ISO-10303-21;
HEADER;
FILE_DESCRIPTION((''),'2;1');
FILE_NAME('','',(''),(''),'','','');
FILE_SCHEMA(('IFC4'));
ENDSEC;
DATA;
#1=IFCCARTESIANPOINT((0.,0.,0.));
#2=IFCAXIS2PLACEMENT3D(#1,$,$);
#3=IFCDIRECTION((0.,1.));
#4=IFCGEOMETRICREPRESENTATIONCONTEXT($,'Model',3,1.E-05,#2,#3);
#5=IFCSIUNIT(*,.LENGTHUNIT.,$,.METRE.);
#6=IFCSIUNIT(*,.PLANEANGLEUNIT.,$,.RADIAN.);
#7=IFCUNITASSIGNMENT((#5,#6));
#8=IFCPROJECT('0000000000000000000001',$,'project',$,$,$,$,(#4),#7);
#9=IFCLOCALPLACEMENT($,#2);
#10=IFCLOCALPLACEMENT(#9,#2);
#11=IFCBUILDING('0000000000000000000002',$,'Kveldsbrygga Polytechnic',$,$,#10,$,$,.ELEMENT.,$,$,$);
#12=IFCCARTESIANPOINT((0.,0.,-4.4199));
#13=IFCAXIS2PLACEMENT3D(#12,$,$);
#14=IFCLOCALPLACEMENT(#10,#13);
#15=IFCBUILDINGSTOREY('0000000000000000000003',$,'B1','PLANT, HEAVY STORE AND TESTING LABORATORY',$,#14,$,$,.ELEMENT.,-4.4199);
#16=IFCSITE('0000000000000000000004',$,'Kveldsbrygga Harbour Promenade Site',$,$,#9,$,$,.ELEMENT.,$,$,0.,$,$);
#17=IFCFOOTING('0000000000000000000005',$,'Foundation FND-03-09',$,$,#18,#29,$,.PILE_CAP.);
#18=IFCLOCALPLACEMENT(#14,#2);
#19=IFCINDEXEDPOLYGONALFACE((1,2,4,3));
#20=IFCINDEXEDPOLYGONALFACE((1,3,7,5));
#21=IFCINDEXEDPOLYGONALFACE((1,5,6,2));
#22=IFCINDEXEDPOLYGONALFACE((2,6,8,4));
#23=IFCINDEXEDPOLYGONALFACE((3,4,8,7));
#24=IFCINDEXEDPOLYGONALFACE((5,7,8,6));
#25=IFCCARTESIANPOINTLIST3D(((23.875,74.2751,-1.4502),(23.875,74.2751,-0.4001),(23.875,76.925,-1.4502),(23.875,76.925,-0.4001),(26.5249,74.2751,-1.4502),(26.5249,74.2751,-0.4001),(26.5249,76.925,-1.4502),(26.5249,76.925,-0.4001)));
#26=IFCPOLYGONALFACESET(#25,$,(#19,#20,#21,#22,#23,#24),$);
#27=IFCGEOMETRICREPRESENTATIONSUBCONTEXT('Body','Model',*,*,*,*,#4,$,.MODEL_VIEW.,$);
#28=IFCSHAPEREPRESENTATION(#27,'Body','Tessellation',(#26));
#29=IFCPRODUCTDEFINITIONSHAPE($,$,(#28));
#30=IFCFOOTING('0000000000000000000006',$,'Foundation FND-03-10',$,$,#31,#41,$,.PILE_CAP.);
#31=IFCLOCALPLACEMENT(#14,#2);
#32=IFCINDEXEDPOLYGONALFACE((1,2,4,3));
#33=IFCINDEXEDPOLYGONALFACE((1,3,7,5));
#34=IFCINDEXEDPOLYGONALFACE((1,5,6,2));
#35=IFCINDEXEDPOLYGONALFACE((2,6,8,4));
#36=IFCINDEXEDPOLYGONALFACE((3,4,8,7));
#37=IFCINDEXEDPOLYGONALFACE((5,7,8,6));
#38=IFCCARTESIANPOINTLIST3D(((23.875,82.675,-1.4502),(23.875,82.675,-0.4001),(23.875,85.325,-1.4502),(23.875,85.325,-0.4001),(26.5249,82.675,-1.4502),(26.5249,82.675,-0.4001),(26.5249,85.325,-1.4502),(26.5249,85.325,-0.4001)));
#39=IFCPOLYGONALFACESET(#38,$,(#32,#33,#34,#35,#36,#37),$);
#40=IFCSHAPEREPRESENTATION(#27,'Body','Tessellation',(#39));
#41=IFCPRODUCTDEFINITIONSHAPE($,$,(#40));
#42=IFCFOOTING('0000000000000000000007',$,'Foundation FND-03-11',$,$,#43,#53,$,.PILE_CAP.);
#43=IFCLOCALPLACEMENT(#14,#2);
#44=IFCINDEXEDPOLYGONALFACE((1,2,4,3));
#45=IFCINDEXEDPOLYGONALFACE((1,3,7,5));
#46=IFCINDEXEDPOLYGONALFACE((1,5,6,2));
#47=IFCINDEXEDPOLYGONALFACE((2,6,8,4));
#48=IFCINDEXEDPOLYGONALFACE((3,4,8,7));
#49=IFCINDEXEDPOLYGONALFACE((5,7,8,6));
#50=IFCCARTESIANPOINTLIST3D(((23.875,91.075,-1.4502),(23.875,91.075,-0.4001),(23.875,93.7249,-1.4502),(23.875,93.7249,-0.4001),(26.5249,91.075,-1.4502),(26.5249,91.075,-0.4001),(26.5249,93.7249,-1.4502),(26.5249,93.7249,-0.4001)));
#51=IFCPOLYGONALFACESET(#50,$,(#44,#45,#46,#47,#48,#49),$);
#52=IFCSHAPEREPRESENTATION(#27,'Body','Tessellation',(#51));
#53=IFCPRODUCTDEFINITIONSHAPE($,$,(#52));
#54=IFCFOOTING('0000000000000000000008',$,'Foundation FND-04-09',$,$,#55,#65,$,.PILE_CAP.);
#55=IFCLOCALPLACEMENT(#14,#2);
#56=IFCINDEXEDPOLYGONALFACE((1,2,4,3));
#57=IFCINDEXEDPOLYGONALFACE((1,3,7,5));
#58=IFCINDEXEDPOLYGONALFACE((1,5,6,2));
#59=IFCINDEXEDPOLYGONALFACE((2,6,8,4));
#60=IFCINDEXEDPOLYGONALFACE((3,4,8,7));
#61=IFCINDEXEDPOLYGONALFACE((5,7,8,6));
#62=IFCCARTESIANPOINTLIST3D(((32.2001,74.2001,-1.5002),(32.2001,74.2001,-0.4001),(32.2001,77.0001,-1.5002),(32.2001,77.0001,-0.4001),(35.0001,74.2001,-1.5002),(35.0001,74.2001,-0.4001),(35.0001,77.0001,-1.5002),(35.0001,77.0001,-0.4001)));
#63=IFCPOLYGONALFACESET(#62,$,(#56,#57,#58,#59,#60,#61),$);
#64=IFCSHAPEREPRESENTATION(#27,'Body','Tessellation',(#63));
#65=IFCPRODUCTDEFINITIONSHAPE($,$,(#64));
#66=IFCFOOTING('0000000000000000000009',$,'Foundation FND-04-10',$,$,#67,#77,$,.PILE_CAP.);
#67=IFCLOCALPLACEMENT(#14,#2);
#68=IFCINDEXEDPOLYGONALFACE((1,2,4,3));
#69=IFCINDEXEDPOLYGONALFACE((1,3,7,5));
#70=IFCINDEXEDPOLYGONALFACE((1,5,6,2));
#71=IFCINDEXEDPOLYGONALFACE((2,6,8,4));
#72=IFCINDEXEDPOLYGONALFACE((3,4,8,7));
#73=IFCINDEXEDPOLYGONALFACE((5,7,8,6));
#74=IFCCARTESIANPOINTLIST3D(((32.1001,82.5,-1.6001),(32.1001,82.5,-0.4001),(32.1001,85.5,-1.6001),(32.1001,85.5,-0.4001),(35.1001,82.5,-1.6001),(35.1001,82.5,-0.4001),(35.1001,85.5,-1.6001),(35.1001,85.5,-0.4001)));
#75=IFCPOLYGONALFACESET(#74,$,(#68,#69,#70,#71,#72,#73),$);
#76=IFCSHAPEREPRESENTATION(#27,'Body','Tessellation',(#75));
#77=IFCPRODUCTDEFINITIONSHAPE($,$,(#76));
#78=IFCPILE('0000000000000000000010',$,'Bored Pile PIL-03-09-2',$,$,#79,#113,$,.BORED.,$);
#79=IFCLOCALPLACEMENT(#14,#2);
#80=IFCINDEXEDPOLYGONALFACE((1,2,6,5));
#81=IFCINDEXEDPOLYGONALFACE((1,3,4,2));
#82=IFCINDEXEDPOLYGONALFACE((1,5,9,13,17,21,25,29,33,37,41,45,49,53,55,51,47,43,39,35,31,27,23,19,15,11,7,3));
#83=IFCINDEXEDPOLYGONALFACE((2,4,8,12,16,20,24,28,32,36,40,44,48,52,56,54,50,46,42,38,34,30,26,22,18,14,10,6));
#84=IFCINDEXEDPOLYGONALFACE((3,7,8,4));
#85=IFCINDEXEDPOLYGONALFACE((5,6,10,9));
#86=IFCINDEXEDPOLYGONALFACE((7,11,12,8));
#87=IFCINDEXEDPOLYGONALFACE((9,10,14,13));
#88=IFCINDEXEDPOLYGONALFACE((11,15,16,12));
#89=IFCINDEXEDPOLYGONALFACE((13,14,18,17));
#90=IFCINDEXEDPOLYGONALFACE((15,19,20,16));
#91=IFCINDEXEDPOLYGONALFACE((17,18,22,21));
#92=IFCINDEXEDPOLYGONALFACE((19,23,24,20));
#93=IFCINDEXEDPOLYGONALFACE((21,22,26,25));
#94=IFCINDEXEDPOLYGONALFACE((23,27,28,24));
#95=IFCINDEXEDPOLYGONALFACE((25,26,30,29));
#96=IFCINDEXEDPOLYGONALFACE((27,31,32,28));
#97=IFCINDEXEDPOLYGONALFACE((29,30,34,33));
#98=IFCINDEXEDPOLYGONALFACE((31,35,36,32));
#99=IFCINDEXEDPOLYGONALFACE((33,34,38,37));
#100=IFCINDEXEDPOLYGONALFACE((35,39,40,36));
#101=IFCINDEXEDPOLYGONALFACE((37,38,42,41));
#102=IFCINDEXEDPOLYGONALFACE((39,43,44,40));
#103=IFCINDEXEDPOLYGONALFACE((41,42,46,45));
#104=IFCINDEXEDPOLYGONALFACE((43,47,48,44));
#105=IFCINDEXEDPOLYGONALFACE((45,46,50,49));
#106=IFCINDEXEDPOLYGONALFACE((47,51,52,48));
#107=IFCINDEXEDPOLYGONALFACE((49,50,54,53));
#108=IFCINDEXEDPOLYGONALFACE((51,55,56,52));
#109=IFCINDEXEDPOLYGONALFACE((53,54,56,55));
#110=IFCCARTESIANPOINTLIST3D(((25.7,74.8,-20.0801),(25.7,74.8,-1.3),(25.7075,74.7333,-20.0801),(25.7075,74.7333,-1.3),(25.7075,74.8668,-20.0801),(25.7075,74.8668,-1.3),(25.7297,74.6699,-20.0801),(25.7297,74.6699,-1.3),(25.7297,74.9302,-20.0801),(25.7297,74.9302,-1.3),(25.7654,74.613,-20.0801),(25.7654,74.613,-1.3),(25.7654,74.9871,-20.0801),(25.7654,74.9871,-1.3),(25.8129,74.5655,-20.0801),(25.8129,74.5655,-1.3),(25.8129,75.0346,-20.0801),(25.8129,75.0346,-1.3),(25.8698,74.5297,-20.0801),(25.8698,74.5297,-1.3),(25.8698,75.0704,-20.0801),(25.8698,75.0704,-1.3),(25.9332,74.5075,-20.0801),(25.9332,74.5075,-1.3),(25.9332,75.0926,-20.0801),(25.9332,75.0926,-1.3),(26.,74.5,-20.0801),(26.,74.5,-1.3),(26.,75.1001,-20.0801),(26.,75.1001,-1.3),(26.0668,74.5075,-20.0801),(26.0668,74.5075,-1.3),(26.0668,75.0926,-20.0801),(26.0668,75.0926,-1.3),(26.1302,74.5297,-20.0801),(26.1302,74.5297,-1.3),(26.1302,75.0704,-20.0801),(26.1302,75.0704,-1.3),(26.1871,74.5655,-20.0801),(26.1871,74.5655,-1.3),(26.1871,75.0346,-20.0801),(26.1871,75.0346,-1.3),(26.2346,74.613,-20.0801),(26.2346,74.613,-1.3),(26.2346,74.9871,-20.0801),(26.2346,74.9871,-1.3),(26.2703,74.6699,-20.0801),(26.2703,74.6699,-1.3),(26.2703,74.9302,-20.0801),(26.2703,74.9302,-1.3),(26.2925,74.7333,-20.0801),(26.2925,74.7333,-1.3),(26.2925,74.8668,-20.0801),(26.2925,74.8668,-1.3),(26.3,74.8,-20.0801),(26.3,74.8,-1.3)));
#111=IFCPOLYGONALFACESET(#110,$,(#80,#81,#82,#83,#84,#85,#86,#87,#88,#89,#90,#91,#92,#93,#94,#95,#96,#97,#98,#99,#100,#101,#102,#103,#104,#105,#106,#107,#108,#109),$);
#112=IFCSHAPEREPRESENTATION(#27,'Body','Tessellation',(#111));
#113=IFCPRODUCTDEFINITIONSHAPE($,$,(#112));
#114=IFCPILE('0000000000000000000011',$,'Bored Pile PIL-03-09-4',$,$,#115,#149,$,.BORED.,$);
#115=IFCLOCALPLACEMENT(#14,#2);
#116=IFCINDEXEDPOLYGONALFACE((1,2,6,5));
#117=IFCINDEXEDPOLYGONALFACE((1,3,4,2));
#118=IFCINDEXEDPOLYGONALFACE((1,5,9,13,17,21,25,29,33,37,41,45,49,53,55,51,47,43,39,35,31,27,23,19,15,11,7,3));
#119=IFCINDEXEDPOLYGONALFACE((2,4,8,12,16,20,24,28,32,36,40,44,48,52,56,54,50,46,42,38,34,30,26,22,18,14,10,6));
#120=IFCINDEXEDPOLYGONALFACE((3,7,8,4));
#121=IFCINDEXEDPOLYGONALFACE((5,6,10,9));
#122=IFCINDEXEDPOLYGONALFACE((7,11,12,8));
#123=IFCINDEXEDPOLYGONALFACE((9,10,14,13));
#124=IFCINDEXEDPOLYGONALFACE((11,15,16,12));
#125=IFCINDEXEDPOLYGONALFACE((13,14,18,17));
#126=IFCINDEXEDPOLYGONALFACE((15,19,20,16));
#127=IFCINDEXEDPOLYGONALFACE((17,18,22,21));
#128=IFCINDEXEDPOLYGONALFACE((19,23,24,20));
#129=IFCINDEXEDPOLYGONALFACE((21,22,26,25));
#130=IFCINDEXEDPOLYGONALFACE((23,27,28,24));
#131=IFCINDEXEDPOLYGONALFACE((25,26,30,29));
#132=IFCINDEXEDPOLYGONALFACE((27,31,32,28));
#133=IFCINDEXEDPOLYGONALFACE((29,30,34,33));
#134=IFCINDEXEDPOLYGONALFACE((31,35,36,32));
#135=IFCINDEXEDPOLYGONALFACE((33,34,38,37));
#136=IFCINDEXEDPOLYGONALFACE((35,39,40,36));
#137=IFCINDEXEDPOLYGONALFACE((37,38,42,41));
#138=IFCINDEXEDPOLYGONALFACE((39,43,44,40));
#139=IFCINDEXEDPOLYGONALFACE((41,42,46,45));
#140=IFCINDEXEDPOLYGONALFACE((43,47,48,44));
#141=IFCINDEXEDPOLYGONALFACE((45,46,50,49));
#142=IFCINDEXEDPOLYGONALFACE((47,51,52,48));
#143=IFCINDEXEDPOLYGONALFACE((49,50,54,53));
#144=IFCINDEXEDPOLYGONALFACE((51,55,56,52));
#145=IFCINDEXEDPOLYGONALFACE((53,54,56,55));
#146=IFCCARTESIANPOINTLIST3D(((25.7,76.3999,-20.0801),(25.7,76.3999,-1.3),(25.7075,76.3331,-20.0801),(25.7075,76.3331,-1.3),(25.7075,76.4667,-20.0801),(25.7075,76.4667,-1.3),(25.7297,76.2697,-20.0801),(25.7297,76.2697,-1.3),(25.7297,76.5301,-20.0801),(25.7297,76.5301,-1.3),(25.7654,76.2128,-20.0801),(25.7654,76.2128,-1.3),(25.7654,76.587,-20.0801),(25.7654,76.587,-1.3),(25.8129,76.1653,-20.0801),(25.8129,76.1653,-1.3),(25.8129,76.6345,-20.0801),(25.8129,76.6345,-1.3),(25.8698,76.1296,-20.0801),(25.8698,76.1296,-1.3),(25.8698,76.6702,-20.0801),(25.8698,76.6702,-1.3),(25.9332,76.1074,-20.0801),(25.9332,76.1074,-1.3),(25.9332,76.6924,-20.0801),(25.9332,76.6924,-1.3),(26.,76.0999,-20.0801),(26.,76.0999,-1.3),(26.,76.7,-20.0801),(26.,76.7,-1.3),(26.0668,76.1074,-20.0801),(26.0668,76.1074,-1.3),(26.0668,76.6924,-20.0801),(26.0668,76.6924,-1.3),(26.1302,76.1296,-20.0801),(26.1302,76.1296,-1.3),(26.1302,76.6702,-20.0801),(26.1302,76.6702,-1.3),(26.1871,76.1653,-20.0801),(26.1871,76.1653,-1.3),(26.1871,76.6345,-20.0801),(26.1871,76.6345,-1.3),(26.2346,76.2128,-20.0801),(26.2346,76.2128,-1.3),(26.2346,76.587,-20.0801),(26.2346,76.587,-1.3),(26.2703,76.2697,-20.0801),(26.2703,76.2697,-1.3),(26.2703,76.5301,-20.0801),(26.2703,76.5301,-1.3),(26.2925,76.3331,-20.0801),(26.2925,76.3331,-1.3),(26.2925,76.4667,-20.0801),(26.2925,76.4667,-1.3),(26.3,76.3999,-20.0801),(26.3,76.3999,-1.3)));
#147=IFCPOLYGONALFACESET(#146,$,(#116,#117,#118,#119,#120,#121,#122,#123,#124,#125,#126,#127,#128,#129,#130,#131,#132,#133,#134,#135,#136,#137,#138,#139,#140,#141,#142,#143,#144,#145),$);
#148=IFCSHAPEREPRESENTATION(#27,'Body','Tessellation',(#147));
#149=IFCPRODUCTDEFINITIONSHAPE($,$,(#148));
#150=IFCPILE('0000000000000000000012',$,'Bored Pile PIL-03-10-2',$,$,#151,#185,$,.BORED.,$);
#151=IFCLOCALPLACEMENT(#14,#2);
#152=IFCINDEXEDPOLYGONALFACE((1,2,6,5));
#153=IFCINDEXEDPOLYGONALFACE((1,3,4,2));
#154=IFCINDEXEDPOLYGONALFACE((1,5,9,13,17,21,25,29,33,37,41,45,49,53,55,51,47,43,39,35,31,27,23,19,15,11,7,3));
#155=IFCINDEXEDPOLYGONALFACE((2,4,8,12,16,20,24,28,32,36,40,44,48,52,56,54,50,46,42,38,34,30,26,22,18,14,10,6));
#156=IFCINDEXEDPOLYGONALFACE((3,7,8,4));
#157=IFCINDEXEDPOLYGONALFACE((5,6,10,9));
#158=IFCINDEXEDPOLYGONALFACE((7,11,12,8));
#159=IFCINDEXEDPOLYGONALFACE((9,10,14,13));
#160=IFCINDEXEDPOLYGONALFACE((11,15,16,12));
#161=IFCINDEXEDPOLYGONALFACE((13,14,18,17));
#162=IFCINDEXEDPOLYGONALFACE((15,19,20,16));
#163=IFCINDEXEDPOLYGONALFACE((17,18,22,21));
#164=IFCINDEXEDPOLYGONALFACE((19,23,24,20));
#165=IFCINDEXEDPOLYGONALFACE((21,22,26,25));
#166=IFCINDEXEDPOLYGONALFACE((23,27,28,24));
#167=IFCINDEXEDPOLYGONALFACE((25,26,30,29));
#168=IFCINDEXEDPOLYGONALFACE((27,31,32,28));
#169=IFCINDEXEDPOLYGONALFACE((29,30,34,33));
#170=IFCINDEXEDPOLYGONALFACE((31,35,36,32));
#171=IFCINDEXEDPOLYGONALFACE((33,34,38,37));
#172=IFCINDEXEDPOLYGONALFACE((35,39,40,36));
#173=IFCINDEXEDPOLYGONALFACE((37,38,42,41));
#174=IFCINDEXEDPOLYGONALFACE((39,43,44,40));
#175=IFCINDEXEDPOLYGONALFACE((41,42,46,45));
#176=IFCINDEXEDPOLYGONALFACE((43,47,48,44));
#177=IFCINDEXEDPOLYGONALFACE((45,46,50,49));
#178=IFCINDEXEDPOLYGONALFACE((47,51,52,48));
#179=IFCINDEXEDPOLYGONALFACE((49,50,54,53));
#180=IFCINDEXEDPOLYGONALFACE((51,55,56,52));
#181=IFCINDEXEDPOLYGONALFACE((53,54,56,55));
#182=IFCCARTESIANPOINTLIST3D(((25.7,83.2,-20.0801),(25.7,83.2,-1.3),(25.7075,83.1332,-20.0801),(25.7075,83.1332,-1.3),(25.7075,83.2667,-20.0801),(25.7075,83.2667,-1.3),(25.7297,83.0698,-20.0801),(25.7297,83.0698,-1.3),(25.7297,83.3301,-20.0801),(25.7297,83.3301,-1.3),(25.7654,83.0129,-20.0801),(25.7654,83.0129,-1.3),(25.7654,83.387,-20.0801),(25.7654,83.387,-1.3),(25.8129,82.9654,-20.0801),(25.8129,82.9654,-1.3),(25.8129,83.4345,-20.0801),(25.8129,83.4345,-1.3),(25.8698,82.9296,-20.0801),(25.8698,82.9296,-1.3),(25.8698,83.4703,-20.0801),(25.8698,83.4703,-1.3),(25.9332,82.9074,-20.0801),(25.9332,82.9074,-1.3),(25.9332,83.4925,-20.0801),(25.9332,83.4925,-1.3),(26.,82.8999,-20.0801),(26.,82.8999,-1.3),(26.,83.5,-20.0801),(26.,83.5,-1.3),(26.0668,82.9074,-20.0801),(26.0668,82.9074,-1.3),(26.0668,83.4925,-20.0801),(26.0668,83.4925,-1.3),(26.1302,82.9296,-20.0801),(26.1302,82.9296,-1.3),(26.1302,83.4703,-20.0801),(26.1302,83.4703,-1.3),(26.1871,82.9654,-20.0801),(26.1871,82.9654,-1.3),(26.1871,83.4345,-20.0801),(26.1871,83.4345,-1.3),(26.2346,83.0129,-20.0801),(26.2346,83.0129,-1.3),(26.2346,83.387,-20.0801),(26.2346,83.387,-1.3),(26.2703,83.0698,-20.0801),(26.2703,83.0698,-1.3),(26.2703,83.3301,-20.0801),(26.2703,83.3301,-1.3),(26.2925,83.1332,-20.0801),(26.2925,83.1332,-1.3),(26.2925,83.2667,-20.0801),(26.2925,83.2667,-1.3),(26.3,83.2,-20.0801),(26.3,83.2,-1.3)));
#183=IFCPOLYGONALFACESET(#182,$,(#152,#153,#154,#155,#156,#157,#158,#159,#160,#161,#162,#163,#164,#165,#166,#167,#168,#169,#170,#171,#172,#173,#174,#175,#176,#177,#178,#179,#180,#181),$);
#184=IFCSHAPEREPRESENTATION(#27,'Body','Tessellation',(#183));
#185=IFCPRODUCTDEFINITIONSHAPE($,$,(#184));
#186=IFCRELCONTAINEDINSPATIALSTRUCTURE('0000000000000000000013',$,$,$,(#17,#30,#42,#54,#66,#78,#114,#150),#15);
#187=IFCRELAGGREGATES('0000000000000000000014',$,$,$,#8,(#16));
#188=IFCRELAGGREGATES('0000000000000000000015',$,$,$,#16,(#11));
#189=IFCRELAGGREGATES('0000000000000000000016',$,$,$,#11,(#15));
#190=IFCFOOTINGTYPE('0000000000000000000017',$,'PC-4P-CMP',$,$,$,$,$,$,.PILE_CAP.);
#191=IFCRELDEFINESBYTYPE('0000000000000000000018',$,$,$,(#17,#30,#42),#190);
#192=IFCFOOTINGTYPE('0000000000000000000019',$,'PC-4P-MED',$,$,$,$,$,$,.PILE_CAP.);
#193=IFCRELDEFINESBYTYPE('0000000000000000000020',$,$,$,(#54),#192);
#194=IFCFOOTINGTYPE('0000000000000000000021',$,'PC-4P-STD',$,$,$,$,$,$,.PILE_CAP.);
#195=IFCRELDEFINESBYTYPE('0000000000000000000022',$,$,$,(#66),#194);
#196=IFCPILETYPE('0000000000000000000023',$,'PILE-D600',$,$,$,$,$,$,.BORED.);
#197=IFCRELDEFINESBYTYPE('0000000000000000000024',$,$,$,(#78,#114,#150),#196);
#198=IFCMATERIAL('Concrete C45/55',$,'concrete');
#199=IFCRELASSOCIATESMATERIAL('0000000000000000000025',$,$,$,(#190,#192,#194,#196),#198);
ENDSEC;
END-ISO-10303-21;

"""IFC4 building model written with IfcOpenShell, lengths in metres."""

from ifc_helpers import new_model, si_unit, direction, frame, origin, origin_2d, place, context, subcontext, project, spatial, rectangle, circle, extrude, material, material_profile, profile_set, type_object, element, save


model = new_model("IFC4")

# Units and contexts
model_context = context("Model", 3, precision=1e-05, world=origin(), true_north=direction((0.0, 1.0)))
body_context = subcontext(model_context, "Body", "Model", "MODEL_VIEW")
ifc_project = project(units=[si_unit("LENGTHUNIT", "METRE"), si_unit("PLANEANGLEUNIT", "RADIAN")], contexts=[model_context])

# Site, building, storey
site_placement = place(None, origin())
site = spatial("IfcSite", under=ifc_project, at=site_placement, Name="Kveldsbrygga Harbour Promenade Site", CompositionType="ELEMENT", RefElevation=0.0)
building_placement = place(site_placement, origin())
building = spatial("IfcBuilding", under=site, at=building_placement, Name="Kveldsbrygga Polytechnic", CompositionType="ELEMENT")
storey_placement = place(building_placement, frame((0.0, 0.0, -4.4199)))
storey = spatial("IfcBuildingStorey", under=building, at=storey_placement, Name="B1", Description="PLANT, HEAVY STORE AND TESTING LABORATORY", CompositionType="ELEMENT", Elevation=-4.4199)

# Footings
ifc_material_1 = material(Name="Concrete C45/55", Category="concrete")
footing_type_1 = type_object("IfcFootingType", Name="PC-4P-CMP", PredefinedType="PILE_CAP", material=ifc_material_1)
for number, where, z_axis, x_axis, name in (
    (1, (25.2, 75.6001, -1.4502), (0.0, 0.0, 1.0), (1.0, 0.0, 0.0), "Foundation FND-03-09"),
    (2, (25.2, 84.0, -1.4502), (0.0, 0.0, 1.0), (1.0, 0.0, 0.0), "Foundation FND-03-10"),
    (3, (25.2, 92.3999, -1.4502), (0.0, 0.0, 1.0), (1.0, 0.0, 0.0), "Foundation FND-03-11"),
):
    element("IfcFooting", number, at=place(storey_placement, frame(where, z_axis=z_axis, x_axis=x_axis)), inside=storey, type_object=footing_type_1, Name=name, PredefinedType="PILE_CAP", context=body_context, shape_type="SweptSolid", body=[
        extrude(rectangle(XDim=2.6499, YDim=2.6499, at=origin_2d()), origin(), (0.0, 0.0, 1.0), 1.05),
    ])
footing_type_2 = type_object("IfcFootingType", Name="PC-4P-MED", PredefinedType="PILE_CAP", material=ifc_material_1)
footing_1_placement = place(storey_placement, frame((33.6001, 75.6001, -1.5002), z_axis=(0.0, 0.0, 1.0), x_axis=(1.0, 0.0, 0.0)))
element("IfcFooting", 4, at=footing_1_placement, inside=storey, type_object=footing_type_2, Name="Foundation FND-04-09", PredefinedType="PILE_CAP", context=body_context, shape_type="SweptSolid", body=[
    extrude(rectangle(XDim=2.8, YDim=2.8, at=origin_2d()), origin(), (0.0, 0.0, 1.0), 1.1001),
])
footing_type_3 = type_object("IfcFootingType", Name="PC-4P-STD", PredefinedType="PILE_CAP", material=ifc_material_1)
footing_2_placement = place(storey_placement, frame((33.6001, 84.0, -1.6001), z_axis=(0.0, 0.0, 1.0), x_axis=(1.0, 0.0, 0.0)))
element("IfcFooting", 5, at=footing_2_placement, inside=storey, type_object=footing_type_3, Name="Foundation FND-04-10", PredefinedType="PILE_CAP", context=body_context, shape_type="SweptSolid", body=[
    extrude(rectangle(XDim=3.0, YDim=3.0, at=origin_2d()), origin(), (0.0, 0.0, 1.0), 1.2),
])

# Piles
ifc_material_profile_1 = material_profile(ifc_material_1, circle(Radius=0.3, at=origin_2d()), Name="PILE D600")
ifc_profile_set_1 = profile_set([ifc_material_profile_1], Name="Concrete C45/55")
pile_type_1 = type_object("IfcPileType", Name="PILE-D600", PredefinedType="BORED", material=ifc_profile_set_1)
for number, where, z_axis, x_axis, name in (
    (6, (26.0, 74.8, -1.3), (0.0, 0.0, -1.0), (1.0, 0.0, 0.0), "Bored Pile PIL-03-09-2"),
    (7, (26.0, 76.3999, -1.3), (0.0, 0.0, -1.0), (1.0, 0.0, 0.0), "Bored Pile PIL-03-09-4"),
    (8, (26.0, 83.2, -1.3), (0.0, 0.0, -1.0), (1.0, 0.0, 0.0), "Bored Pile PIL-03-10-2"),
):
    element("IfcPile", number, at=place(storey_placement, frame(where, z_axis=z_axis, x_axis=x_axis)), inside=storey, type_object=pile_type_1, Name=name, PredefinedType="BORED", context=body_context, shape_type="SweptSolid", body=[
        extrude(circle(Radius=0.3, at=origin_2d()), origin(), (0.0, 0.0, 1.0), 18.78),
    ])

save(model, "model.ifc")
